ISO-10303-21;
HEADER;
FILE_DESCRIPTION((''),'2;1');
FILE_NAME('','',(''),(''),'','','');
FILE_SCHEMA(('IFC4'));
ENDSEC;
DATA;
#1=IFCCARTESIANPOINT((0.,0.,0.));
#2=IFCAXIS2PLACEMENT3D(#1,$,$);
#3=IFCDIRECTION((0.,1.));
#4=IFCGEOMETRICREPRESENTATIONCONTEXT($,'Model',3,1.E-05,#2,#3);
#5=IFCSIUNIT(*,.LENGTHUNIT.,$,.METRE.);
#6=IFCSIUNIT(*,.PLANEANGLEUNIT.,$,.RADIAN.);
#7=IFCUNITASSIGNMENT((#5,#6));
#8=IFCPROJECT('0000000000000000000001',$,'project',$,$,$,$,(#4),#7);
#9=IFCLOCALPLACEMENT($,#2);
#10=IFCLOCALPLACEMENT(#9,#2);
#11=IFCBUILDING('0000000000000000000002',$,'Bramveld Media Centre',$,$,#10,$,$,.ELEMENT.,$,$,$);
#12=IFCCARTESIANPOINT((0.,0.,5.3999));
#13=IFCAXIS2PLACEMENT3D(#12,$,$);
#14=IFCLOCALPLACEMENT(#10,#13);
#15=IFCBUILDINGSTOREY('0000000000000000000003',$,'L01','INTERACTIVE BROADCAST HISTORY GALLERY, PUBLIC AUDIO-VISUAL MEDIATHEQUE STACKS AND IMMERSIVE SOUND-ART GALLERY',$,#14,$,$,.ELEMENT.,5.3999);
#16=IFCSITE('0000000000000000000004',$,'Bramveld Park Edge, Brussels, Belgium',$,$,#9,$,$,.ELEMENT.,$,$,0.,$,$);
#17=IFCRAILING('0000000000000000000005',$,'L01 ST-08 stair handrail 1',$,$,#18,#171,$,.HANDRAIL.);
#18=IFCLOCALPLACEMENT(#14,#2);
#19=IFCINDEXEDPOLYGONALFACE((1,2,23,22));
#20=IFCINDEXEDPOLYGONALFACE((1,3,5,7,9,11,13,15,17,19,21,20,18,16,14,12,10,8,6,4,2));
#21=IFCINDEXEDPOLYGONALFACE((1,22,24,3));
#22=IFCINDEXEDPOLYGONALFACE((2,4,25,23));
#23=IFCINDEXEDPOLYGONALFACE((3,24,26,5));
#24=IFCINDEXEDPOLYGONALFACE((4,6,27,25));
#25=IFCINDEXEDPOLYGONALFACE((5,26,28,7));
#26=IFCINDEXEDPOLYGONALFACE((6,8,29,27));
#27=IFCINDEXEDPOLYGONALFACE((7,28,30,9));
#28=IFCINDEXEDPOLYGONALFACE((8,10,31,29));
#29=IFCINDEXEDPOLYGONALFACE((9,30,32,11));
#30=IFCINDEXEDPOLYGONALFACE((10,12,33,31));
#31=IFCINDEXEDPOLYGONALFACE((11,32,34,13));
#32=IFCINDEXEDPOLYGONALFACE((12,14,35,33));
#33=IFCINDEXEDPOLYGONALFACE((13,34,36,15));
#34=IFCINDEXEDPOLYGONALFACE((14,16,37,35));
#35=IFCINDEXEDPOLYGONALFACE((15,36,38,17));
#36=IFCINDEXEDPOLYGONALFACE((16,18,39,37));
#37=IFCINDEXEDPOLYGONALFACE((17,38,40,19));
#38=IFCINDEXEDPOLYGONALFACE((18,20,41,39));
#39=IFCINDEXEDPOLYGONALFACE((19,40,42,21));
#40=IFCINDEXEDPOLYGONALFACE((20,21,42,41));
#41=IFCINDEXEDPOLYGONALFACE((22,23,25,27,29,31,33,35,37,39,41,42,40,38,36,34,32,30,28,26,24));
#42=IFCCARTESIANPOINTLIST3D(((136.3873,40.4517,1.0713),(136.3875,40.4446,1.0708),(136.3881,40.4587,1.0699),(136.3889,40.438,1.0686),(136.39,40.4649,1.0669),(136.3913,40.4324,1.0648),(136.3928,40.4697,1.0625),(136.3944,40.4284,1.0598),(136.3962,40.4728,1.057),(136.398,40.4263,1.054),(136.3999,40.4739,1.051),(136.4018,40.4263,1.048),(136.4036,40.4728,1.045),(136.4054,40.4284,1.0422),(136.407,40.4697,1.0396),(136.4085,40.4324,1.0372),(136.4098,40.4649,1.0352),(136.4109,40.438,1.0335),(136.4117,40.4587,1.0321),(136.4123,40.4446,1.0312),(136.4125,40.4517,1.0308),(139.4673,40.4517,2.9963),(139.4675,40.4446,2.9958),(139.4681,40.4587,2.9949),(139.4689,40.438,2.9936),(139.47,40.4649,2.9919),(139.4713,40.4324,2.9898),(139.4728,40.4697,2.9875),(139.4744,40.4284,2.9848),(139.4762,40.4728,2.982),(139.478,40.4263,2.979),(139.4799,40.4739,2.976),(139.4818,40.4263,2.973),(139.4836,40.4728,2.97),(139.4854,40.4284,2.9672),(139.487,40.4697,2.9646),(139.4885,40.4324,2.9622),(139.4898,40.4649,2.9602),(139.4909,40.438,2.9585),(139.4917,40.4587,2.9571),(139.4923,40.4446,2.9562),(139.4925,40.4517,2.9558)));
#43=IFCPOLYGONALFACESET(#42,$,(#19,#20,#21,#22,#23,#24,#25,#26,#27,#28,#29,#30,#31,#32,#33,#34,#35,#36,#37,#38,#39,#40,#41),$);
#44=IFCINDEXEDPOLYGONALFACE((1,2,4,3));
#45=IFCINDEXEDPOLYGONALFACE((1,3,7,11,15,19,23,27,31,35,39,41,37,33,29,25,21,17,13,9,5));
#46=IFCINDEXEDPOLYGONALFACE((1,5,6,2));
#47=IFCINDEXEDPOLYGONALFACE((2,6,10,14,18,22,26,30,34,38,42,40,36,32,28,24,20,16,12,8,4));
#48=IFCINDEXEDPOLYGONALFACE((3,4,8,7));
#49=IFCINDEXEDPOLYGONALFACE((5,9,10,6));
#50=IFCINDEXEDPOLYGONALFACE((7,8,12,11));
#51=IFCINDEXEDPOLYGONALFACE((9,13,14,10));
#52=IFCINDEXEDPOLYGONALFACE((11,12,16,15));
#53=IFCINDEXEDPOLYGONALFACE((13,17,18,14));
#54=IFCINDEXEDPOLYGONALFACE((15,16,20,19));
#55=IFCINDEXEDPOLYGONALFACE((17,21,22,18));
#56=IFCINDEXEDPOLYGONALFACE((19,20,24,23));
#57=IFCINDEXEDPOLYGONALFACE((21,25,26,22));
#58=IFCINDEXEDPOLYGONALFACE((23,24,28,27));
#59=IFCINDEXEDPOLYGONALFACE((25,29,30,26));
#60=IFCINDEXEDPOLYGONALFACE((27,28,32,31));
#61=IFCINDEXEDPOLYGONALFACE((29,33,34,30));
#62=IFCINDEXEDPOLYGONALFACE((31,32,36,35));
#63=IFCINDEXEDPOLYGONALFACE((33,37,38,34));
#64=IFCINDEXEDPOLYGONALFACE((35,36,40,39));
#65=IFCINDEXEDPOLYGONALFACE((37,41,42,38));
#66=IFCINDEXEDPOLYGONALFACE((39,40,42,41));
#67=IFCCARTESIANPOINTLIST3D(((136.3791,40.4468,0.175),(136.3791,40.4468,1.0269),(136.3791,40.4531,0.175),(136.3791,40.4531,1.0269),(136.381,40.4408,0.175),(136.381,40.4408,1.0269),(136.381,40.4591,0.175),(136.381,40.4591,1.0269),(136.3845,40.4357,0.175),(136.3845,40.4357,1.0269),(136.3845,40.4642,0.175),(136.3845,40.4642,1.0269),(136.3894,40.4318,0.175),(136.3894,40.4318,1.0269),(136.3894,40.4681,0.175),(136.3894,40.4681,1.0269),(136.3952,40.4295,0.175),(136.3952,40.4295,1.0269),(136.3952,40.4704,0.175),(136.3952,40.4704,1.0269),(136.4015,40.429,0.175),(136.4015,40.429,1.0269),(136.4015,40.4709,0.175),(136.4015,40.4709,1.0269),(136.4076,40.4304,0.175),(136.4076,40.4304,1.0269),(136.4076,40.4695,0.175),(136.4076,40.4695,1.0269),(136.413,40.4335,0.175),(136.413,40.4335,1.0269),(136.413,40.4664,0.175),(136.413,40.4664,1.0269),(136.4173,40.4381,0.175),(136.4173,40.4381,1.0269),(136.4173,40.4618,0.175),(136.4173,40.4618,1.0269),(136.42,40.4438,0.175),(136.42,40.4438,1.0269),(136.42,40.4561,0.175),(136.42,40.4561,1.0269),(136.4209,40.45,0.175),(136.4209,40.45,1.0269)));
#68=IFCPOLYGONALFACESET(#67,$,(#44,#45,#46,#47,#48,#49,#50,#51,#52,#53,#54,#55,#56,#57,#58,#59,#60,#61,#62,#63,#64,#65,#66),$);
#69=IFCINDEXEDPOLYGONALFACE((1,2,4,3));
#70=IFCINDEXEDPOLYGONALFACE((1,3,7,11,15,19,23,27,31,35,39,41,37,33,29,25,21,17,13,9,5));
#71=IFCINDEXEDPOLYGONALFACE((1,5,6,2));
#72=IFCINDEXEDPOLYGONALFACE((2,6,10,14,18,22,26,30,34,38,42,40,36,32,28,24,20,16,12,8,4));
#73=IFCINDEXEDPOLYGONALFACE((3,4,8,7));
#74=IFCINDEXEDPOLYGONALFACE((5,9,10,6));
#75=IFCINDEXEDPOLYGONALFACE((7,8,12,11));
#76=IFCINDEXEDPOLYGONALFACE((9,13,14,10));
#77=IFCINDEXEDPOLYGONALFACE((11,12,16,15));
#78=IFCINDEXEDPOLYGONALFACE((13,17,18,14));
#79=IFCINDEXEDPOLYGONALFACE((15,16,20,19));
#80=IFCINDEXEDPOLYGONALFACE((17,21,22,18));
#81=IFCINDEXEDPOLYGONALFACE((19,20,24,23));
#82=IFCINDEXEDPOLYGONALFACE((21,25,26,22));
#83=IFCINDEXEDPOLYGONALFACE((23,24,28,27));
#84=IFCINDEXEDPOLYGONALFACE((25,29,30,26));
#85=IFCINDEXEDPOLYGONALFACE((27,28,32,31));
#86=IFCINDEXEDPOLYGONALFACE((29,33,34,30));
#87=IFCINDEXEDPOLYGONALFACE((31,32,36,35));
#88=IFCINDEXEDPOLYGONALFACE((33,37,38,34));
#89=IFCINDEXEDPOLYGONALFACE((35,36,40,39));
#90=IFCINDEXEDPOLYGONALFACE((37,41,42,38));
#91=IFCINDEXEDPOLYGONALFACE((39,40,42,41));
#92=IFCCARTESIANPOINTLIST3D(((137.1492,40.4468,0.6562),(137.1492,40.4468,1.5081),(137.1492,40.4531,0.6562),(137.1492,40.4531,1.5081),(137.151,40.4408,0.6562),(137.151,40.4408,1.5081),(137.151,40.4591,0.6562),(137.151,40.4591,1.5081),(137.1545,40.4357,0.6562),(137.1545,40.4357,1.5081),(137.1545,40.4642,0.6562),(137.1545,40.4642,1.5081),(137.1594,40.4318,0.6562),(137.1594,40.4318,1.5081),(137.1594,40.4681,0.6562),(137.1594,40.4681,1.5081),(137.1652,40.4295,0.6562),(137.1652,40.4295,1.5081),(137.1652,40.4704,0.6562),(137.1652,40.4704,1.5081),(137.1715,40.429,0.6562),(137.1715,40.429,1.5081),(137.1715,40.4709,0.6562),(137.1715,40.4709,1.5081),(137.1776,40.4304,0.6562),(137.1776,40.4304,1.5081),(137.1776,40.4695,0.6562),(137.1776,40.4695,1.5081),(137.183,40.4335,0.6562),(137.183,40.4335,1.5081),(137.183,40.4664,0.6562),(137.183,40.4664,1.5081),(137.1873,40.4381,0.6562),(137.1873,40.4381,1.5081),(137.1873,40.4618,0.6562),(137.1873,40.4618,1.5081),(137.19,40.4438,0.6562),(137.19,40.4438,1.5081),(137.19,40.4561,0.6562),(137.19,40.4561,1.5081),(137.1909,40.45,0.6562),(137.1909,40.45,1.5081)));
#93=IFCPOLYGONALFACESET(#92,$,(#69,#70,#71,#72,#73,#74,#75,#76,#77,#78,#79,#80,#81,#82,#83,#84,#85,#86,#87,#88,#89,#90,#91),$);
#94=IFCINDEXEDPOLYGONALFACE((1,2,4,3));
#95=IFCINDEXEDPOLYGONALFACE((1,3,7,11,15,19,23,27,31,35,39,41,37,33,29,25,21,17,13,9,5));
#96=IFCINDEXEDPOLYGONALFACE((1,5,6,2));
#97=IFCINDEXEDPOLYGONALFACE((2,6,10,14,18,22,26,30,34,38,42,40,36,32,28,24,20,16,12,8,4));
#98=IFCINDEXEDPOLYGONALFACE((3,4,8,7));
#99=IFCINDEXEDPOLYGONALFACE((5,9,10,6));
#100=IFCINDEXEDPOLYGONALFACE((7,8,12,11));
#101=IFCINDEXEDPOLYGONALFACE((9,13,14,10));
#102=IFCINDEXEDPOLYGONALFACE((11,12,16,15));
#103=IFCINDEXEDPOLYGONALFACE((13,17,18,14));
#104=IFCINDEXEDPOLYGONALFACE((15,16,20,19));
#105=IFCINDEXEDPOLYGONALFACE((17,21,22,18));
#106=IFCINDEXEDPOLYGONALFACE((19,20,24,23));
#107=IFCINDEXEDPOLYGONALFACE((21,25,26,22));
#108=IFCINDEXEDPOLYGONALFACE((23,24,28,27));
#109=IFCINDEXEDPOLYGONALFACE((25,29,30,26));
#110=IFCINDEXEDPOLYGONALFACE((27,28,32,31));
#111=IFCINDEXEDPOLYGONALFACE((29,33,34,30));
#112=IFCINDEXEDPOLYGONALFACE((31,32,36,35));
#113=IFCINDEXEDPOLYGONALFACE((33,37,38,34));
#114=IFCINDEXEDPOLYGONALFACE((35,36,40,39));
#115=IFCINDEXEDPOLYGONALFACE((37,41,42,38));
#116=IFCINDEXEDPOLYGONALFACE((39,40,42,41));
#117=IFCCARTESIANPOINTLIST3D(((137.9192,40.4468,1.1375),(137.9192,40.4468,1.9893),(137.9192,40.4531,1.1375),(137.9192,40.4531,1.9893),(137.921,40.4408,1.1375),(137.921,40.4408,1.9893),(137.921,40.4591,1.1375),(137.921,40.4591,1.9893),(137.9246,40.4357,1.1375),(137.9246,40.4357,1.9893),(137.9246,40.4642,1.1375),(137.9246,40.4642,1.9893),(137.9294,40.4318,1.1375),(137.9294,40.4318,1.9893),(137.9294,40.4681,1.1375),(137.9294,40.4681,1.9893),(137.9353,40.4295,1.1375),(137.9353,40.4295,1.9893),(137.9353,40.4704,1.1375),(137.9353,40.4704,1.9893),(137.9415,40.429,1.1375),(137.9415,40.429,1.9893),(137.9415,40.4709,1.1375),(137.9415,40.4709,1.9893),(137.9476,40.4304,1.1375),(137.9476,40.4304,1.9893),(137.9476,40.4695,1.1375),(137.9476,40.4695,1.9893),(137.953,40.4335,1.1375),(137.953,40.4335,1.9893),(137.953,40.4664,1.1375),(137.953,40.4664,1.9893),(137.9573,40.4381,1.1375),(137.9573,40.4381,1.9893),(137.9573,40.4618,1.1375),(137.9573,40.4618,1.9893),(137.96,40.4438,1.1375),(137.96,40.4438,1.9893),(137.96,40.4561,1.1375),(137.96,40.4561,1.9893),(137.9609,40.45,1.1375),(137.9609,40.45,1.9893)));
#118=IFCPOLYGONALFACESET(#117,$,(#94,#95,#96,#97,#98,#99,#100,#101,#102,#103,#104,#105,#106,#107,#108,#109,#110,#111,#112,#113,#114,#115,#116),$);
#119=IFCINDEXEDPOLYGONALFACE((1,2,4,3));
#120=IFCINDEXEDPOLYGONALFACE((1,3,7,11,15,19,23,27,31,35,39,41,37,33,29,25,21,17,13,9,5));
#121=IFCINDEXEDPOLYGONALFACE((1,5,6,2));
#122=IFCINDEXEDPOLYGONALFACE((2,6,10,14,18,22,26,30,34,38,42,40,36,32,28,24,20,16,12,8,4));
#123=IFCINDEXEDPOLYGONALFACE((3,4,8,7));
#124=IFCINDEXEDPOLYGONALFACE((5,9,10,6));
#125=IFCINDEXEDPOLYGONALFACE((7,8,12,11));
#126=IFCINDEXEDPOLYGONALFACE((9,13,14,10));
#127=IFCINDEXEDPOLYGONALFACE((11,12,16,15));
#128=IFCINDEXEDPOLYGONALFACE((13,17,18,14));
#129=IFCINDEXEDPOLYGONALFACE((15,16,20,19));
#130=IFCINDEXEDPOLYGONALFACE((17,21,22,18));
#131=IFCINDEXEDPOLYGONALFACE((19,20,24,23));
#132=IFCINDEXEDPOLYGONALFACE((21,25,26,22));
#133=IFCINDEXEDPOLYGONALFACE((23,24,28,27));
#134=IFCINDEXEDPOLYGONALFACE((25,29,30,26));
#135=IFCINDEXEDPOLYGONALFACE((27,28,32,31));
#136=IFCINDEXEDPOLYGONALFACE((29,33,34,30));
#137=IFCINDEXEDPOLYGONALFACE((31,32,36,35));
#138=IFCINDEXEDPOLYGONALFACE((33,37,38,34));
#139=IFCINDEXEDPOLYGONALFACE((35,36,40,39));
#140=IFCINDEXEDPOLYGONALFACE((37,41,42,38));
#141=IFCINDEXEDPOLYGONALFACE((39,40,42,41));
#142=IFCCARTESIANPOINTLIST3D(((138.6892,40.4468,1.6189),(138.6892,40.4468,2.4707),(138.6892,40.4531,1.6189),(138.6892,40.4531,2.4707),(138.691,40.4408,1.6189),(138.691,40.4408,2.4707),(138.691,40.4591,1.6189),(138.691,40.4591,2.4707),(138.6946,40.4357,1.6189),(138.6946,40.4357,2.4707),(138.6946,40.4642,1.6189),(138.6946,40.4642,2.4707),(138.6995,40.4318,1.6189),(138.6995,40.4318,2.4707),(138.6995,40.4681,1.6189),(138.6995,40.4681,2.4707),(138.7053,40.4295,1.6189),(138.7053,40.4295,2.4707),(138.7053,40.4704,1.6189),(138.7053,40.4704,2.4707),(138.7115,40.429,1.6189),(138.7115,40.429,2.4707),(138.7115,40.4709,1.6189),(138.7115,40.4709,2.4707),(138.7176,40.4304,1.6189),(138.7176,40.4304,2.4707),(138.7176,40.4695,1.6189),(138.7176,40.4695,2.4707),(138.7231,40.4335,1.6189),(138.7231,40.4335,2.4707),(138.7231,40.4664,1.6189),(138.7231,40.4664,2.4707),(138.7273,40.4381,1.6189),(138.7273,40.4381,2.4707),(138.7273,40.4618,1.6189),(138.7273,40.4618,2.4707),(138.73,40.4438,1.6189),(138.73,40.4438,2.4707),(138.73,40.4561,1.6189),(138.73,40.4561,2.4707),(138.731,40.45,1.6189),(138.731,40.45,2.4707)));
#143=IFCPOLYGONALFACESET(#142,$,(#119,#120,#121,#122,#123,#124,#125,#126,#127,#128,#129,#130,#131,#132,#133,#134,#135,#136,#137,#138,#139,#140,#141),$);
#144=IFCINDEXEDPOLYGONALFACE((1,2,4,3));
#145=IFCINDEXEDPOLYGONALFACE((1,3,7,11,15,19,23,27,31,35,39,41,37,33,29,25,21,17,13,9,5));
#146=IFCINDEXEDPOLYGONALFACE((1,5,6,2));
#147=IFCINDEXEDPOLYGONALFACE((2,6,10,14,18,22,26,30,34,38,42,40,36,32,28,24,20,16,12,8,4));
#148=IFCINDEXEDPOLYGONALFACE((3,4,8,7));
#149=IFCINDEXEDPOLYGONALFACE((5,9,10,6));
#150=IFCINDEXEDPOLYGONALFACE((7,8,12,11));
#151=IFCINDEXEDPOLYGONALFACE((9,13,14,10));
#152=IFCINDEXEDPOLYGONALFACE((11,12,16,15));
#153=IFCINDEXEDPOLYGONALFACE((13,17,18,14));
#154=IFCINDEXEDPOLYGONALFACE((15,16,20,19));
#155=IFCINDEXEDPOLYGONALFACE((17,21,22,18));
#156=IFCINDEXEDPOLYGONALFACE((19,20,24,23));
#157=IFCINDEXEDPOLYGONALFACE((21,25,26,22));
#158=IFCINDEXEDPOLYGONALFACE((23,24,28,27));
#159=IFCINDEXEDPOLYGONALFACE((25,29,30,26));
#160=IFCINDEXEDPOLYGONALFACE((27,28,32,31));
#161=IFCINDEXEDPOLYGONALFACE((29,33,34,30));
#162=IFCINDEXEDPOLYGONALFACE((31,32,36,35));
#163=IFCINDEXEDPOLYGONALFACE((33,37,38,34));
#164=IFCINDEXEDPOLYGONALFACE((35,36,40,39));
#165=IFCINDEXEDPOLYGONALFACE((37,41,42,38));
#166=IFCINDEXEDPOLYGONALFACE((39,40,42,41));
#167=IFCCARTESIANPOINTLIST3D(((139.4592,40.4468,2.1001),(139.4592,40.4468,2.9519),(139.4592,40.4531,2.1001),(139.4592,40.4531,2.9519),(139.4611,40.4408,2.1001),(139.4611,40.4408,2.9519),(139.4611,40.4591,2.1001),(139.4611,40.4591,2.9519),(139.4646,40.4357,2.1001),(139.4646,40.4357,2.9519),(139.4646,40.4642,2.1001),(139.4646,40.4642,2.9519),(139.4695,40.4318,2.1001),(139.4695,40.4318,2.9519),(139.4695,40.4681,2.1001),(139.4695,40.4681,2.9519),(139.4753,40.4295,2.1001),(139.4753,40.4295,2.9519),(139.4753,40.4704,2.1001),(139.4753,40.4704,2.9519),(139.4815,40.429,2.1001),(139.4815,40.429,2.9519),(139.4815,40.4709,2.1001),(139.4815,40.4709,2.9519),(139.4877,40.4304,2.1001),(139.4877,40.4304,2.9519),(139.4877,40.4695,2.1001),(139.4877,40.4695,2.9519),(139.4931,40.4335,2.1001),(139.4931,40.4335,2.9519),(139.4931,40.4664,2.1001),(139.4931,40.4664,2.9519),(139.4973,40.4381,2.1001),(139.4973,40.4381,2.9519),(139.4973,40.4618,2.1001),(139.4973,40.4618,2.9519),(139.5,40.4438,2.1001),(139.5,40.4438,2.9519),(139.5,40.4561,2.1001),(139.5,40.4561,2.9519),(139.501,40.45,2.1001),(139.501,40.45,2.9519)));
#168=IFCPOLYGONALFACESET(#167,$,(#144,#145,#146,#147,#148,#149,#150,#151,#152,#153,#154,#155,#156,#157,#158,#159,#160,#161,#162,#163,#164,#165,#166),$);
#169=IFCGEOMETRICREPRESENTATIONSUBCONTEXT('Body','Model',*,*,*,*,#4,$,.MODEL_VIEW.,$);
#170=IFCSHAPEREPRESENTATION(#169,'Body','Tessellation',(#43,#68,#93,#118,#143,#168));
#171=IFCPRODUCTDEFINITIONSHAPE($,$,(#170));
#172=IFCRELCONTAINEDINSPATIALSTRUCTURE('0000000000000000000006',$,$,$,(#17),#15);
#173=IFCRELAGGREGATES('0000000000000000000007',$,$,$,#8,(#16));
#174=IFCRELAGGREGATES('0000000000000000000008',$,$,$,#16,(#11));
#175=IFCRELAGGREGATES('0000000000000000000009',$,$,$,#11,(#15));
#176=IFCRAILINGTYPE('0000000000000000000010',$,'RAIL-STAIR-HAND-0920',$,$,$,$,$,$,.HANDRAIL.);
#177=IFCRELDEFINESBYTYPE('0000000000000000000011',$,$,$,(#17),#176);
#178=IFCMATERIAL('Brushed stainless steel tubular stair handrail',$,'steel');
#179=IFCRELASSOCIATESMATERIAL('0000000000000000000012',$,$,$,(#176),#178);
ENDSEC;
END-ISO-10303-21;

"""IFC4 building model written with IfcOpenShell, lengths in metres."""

from ifc_helpers import new_model, si_unit, direction, frame, origin, origin_2d, place, context, subcontext, project, spatial, circle, extrude, material, type_object, element, save


model = new_model("IFC4")

# Units and contexts
model_context = context("Model", 3, precision=1e-05, world=origin(), true_north=direction((0.0, 1.0)))
body_context = subcontext(model_context, "Body", "Model", "MODEL_VIEW")
ifc_project = project(units=[si_unit("LENGTHUNIT", "METRE"), si_unit("PLANEANGLEUNIT", "RADIAN")], contexts=[model_context])

# Site, building, storey
site_placement = place(None, origin())
site = spatial("IfcSite", under=ifc_project, at=site_placement, Name="Bramveld Park Edge, Brussels, Belgium", CompositionType="ELEMENT", RefElevation=0.0)
building_placement = place(site_placement, origin())
building = spatial("IfcBuilding", under=site, at=building_placement, Name="Bramveld Media Centre", CompositionType="ELEMENT")
storey_placement = place(building_placement, frame((0.0, 0.0, 5.3999)))
storey = spatial("IfcBuildingStorey", under=building, at=storey_placement, Name="L01", Description="INTERACTIVE BROADCAST HISTORY GALLERY, PUBLIC AUDIO-VISUAL MEDIATHEQUE STACKS AND IMMERSIVE SOUND-ART GALLERY", CompositionType="ELEMENT", Elevation=5.3999)

# Railing
ifc_material_1 = material(Name="Brushed stainless steel tubular stair handrail", Category="steel")
railing_type_1 = type_object("IfcRailingType", Name="RAIL-STAIR-HAND-0920", PredefinedType="HANDRAIL", material=ifc_material_1)
railing_1_placement = place(storey_placement, frame((136.3999, 40.45, 0.175)))
element("IfcRailing", 1, at=railing_1_placement, inside=storey, type_object=railing_type_1, Name="L01 ST-08 stair handrail 1", PredefinedType="HANDRAIL", context=body_context, shape_type="SweptSolid", body=[
    extrude(circle(Radius=0.0239, at=origin_2d()), frame((0.0, 0.0, 0.876), z_axis=(0.847998, 0.0, 0.529999), x_axis=(0.0, 1.0, 0.0)), (0.0, 0.0, 1.0), 3.6321),
    extrude(circle(Radius=0.021, at=origin_2d()), origin(), (0.0, 0.0, 1.0), 0.8518),
    extrude(circle(Radius=0.021, at=origin_2d()), frame((0.77, 0.0, 0.4812)), (0.0, 0.0, 1.0), 0.8518),
    extrude(circle(Radius=0.021, at=origin_2d()), frame((1.54, 0.0, 0.9624)), (0.0, 0.0, 1.0), 0.8518),
    extrude(circle(Radius=0.021, at=origin_2d()), frame((2.3101, 0.0, 1.4438)), (0.0, 0.0, 1.0), 0.8518),
    extrude(circle(Radius=0.021, at=origin_2d()), frame((3.0801, 0.0, 1.925)), (0.0, 0.0, 1.0), 0.8518),
])

save(model, "model.ifc")
